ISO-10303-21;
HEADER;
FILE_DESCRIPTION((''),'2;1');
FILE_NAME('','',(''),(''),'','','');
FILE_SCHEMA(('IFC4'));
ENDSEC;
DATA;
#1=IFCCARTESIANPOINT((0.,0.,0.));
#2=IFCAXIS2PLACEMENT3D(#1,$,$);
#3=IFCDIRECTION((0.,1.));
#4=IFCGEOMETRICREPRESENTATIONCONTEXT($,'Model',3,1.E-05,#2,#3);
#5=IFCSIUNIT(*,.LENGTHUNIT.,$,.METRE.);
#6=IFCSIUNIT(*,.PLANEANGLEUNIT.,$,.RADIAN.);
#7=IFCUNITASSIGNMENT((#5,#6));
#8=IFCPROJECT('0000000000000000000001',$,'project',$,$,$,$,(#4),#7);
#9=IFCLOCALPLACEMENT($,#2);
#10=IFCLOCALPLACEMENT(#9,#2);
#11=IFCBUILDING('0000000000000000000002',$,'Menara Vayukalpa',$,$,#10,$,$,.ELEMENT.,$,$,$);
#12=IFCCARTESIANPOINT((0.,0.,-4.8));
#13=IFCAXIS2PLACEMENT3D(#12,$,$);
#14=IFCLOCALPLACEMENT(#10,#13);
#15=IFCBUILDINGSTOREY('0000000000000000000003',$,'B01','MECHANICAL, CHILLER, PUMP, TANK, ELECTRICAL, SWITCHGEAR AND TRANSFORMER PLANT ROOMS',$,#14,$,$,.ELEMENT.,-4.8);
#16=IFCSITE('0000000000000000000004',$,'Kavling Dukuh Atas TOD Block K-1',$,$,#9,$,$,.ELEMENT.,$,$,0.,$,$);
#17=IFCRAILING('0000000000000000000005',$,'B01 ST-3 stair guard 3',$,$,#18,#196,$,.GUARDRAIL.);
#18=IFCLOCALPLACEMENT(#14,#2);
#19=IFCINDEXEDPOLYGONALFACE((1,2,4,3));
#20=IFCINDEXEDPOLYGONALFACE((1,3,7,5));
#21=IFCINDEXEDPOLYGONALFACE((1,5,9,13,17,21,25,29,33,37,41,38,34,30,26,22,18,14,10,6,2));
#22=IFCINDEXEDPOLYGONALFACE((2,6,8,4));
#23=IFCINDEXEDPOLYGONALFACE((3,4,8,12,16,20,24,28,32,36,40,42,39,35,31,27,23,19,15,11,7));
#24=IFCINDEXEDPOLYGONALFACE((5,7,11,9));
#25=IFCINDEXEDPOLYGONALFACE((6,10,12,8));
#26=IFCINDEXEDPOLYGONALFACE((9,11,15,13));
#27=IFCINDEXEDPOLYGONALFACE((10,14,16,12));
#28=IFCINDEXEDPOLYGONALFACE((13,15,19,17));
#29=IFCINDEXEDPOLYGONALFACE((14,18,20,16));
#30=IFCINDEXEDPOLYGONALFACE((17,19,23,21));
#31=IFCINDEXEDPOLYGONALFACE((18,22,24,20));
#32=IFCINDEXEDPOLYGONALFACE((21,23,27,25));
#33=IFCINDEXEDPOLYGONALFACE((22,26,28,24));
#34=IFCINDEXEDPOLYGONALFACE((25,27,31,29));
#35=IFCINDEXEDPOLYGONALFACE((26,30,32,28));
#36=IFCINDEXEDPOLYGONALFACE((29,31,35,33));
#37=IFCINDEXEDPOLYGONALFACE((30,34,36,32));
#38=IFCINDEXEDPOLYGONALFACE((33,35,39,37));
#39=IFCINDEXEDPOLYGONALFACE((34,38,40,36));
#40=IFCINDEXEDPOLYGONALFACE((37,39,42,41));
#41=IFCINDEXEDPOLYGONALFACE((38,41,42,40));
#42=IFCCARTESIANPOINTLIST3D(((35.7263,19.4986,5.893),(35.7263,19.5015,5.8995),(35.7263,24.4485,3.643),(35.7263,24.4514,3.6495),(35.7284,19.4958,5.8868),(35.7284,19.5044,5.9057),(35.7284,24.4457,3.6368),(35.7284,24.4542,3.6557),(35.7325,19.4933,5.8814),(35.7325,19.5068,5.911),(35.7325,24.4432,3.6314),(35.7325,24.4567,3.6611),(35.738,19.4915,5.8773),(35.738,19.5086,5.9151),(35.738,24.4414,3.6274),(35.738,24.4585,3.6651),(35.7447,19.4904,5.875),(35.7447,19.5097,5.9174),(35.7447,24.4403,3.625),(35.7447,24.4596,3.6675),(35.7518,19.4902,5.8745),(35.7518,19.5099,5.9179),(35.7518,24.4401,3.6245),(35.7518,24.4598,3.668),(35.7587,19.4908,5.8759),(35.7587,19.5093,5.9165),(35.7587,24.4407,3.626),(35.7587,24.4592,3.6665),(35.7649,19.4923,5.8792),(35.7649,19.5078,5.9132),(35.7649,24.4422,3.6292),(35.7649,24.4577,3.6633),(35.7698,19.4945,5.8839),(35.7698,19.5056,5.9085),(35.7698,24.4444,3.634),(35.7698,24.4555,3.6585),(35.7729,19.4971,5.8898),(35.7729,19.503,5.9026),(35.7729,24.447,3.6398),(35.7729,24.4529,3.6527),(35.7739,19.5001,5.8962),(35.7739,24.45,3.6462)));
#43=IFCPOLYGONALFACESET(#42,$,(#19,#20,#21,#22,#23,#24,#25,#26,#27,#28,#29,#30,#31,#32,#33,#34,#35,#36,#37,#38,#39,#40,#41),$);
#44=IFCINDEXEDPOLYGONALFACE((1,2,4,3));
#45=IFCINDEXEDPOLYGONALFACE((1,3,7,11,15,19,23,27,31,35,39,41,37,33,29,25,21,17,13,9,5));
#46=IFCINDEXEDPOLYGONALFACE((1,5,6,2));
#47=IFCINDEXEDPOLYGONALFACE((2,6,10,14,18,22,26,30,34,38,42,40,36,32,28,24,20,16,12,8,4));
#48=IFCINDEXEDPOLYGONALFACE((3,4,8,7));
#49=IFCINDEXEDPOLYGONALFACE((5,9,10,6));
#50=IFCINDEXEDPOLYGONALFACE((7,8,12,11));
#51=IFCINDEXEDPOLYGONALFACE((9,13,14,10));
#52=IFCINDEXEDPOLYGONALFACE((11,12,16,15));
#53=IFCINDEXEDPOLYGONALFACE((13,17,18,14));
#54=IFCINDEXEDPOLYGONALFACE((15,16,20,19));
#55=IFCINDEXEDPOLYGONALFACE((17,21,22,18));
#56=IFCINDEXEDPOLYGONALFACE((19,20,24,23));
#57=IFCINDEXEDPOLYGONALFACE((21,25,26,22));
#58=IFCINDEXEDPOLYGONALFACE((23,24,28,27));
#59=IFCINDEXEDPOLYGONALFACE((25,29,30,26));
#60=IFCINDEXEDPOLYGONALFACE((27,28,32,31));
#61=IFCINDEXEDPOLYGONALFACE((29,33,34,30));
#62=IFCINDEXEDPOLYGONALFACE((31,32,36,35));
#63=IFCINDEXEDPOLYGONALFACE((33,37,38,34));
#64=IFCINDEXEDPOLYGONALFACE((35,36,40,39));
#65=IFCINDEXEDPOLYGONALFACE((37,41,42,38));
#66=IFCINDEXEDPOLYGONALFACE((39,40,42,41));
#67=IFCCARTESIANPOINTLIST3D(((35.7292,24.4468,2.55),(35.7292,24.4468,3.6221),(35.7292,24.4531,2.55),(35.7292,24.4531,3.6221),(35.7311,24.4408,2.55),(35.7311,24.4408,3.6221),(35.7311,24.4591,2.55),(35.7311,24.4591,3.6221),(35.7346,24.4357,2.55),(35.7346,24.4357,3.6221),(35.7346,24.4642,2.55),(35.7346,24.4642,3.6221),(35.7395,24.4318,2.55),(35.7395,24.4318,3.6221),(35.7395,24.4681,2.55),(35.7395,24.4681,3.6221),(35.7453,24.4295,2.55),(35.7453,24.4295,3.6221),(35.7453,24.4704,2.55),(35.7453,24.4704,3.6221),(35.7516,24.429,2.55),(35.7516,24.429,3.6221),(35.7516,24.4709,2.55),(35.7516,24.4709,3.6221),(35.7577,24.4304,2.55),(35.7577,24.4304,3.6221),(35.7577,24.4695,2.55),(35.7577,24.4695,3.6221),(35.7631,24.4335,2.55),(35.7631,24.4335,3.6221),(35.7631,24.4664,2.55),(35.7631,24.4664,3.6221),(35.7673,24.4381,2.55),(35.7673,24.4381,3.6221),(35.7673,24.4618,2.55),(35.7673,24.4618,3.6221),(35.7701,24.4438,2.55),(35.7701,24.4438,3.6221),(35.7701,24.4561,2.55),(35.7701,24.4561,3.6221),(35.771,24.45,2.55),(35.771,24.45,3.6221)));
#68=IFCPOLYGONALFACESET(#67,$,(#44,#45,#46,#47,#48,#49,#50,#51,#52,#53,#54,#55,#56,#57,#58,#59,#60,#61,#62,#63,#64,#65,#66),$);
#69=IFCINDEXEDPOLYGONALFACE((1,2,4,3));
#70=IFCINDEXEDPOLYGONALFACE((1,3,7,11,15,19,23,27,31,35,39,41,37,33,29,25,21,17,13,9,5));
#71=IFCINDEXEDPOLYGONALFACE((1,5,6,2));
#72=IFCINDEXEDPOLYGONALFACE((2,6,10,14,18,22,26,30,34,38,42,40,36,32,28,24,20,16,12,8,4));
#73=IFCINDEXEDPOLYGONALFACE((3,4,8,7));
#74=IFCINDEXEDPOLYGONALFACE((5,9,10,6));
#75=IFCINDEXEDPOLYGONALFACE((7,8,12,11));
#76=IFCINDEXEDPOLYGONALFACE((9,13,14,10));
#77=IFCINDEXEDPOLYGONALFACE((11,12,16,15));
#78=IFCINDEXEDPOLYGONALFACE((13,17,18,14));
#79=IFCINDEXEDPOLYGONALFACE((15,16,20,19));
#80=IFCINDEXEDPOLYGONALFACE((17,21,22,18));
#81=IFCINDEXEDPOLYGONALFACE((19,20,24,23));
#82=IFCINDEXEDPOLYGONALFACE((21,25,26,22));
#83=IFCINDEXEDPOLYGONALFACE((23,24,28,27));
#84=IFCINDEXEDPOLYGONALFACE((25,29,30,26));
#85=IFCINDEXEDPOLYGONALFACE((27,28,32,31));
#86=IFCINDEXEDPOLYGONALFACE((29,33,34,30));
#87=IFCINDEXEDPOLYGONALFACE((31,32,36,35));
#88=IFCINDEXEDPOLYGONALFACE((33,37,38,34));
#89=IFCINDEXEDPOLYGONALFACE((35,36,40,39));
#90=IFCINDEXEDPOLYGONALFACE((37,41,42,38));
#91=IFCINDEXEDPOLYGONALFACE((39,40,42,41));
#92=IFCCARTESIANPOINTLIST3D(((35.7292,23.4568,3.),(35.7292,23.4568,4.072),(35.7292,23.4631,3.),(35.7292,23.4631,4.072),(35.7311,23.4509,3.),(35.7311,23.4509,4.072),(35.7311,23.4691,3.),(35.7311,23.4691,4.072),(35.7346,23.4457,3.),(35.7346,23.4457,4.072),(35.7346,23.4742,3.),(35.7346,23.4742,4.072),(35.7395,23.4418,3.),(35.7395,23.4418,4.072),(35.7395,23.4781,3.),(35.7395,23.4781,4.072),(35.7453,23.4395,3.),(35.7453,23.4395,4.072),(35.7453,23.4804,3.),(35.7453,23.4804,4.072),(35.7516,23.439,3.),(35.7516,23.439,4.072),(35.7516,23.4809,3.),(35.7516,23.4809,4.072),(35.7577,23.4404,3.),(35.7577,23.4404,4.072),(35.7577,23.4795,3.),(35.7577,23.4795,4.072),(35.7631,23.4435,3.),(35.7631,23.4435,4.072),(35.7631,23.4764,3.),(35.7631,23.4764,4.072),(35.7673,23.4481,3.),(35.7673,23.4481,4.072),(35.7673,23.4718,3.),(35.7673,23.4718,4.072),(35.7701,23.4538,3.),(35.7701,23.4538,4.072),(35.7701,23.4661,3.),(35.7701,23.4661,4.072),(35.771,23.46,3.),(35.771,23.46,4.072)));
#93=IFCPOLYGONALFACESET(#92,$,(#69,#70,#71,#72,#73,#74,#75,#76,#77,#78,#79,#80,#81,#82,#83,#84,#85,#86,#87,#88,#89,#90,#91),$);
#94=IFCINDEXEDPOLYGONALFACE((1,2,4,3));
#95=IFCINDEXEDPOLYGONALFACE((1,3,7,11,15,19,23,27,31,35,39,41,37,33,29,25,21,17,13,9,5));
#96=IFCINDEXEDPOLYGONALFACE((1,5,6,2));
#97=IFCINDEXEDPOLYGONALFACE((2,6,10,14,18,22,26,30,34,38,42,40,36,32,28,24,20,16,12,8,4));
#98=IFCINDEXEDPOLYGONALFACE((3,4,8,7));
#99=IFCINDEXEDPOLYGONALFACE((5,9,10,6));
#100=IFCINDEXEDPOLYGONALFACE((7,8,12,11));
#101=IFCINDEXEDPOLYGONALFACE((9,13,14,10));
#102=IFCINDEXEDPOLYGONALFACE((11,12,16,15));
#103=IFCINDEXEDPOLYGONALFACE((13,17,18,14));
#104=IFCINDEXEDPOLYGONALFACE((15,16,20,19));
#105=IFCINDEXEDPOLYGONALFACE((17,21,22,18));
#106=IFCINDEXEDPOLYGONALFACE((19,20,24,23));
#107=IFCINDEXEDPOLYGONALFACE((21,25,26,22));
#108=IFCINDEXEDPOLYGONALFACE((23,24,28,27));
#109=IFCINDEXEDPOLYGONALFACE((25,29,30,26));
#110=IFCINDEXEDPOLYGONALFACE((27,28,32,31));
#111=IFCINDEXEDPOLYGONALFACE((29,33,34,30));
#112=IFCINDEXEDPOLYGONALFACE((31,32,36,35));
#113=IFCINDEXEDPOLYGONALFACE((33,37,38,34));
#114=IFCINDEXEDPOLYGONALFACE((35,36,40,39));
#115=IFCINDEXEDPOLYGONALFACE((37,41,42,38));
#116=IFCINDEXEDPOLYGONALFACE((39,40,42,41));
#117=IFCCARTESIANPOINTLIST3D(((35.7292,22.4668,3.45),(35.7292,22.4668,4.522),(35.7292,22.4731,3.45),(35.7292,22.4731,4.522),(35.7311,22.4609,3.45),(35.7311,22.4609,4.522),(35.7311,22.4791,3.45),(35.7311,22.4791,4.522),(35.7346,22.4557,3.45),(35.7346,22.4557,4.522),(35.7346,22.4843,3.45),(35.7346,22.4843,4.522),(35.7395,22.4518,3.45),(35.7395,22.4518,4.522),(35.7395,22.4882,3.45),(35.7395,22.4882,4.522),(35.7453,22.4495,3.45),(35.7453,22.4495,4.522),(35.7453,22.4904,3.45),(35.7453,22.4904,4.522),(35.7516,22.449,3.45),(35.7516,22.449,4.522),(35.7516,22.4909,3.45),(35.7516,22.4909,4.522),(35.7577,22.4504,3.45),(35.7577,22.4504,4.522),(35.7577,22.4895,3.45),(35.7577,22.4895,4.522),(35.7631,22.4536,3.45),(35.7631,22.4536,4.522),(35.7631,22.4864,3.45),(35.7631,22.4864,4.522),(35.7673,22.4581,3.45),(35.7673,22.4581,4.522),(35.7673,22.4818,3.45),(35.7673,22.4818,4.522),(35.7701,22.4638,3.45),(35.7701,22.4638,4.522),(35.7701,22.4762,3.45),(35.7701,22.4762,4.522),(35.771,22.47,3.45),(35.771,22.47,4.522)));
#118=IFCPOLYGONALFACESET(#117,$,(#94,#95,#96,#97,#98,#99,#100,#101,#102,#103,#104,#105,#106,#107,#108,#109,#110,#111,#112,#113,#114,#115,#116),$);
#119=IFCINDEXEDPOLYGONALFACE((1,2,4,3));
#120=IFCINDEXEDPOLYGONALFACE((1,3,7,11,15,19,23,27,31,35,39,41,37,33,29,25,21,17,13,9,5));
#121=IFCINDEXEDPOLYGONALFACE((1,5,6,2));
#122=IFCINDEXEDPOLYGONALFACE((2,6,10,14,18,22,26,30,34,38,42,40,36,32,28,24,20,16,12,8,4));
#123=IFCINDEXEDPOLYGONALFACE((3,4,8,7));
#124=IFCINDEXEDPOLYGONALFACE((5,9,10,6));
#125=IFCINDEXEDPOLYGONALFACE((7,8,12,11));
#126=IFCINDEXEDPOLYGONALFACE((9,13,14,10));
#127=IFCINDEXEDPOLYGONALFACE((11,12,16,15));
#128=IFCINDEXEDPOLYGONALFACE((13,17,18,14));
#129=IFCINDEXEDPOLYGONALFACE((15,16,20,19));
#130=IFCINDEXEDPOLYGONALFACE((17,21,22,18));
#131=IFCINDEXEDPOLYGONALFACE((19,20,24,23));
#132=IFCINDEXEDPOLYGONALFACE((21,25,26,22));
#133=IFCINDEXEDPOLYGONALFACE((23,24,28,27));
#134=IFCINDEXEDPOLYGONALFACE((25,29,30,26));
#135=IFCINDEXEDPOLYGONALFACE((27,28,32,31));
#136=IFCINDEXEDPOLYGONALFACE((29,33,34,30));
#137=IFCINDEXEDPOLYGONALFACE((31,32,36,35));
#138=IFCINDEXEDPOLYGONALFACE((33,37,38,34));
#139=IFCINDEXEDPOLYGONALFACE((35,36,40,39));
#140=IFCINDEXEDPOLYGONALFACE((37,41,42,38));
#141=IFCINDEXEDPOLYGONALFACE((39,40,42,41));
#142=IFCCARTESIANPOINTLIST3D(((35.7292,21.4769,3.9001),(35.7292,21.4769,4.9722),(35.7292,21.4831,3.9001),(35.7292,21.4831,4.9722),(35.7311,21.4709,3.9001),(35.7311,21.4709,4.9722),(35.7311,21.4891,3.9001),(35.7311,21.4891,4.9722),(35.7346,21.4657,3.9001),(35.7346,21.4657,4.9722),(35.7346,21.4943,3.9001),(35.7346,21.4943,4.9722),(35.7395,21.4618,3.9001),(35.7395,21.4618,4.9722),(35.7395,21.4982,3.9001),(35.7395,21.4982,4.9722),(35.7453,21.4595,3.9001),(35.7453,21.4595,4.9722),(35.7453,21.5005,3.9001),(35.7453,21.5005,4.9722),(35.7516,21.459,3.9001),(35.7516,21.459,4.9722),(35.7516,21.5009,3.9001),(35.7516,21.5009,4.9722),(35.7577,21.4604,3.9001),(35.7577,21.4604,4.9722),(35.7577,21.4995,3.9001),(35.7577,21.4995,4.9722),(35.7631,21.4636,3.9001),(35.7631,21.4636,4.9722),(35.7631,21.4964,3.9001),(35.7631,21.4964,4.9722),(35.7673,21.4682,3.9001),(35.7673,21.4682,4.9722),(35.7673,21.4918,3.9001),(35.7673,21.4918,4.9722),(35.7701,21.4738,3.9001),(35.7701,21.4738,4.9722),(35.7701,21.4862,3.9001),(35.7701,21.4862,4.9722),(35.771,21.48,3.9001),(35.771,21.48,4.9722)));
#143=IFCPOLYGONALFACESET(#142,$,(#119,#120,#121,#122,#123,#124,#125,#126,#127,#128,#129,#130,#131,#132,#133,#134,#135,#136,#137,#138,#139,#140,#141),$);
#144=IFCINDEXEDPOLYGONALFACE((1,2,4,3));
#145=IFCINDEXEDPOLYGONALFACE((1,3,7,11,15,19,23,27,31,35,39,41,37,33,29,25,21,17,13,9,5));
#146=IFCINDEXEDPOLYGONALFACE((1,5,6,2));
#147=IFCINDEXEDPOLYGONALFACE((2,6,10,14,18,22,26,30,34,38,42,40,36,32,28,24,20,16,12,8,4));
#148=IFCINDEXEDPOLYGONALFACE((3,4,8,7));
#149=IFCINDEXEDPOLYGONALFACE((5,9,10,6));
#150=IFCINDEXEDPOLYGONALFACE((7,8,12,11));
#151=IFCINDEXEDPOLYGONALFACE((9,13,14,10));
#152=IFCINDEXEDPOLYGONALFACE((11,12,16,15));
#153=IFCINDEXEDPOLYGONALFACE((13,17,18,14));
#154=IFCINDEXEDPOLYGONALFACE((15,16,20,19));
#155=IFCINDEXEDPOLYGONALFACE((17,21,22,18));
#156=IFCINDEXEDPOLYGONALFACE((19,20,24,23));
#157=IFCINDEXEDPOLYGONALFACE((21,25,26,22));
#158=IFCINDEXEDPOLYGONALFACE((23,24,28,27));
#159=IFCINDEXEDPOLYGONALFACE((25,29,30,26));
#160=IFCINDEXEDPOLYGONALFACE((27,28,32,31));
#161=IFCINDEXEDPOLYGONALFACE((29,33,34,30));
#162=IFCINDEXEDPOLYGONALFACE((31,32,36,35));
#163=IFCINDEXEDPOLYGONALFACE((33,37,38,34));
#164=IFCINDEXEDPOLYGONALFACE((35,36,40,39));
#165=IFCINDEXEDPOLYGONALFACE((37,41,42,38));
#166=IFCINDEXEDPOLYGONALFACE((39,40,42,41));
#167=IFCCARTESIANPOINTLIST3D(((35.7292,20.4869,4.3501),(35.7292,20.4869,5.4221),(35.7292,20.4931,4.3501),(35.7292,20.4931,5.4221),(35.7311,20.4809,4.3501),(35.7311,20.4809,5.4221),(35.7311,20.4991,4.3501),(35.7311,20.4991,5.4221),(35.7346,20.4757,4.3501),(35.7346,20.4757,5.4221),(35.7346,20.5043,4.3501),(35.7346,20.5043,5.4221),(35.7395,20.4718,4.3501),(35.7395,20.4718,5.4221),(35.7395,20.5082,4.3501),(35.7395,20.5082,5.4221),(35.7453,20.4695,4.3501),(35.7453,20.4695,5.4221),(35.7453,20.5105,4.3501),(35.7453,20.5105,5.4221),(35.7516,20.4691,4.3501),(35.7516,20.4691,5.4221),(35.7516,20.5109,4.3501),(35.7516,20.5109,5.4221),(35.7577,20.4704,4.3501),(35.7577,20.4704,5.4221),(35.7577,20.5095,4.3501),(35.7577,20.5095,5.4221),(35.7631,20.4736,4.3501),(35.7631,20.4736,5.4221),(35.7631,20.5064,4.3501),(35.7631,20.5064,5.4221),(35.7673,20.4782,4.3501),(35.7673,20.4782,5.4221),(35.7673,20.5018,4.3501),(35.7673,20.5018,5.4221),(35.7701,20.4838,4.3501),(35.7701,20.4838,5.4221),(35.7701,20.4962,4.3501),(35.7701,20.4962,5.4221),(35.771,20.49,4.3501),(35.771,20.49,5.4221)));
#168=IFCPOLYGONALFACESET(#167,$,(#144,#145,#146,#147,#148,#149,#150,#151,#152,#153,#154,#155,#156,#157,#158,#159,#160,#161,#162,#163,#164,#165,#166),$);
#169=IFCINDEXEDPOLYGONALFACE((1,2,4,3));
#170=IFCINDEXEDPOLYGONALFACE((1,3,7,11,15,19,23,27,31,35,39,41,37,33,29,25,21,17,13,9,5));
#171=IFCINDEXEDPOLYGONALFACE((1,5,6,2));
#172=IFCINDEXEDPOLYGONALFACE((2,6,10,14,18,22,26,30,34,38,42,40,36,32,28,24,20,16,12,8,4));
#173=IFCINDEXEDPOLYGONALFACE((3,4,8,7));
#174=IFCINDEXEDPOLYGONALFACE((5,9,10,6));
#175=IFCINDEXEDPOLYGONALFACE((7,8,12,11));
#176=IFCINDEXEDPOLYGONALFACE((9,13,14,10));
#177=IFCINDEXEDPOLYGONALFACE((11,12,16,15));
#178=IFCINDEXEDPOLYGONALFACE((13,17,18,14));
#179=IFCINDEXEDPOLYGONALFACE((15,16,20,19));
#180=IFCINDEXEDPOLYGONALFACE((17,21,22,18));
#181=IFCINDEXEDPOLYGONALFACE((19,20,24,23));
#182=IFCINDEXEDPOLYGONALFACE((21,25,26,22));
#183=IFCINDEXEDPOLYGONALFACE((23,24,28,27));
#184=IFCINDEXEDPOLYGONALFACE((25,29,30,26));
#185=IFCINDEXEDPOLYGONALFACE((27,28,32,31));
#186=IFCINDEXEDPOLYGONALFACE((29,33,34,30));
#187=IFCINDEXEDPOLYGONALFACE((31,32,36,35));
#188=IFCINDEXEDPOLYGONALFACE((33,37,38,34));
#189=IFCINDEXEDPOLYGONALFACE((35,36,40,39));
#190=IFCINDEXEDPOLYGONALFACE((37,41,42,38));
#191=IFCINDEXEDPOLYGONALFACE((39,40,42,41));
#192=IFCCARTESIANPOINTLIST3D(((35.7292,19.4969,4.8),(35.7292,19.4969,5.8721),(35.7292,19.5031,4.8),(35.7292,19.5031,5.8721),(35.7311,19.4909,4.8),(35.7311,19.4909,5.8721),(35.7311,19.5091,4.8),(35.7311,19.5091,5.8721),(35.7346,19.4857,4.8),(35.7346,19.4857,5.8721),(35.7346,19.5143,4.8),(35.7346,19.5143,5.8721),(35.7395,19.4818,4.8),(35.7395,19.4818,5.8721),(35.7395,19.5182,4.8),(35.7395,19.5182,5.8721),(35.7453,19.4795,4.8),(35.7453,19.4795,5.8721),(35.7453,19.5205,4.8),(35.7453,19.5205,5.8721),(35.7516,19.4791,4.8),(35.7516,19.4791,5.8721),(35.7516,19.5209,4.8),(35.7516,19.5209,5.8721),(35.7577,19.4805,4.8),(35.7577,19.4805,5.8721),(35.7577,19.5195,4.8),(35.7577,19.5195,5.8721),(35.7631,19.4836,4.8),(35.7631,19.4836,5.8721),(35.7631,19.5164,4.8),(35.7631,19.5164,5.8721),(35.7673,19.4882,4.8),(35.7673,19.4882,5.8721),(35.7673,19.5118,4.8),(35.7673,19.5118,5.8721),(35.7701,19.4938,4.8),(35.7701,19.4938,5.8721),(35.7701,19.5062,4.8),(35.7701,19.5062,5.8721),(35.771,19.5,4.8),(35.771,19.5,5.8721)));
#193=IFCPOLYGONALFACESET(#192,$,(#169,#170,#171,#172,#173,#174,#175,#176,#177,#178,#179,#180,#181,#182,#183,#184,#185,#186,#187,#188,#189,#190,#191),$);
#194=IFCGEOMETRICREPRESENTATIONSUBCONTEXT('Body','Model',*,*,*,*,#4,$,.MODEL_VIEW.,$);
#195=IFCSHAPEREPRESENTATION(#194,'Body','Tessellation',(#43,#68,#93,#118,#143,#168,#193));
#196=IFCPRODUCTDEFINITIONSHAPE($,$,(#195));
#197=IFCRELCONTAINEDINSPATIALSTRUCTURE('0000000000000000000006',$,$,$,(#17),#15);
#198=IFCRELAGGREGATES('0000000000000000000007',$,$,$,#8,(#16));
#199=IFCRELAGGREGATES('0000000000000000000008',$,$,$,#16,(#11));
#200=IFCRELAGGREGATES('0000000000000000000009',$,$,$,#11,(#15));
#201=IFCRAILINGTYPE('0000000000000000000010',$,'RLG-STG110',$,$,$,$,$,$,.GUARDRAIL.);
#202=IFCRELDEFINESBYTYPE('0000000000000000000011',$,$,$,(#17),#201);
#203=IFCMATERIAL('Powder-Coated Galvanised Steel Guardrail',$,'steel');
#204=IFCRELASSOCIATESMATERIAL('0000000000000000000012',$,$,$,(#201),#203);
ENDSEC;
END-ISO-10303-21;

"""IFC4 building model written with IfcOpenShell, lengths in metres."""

from ifc_helpers import new_model, si_unit, direction, frame, origin, origin_2d, place, context, subcontext, project, spatial, circle, extrude, material, type_object, element, save


model = new_model("IFC4")

# Units and contexts
model_context = context("Model", 3, precision=1e-05, world=origin(), true_north=direction((0.0, 1.0)))
body_context = subcontext(model_context, "Body", "Model", "MODEL_VIEW")
ifc_project = project(units=[si_unit("LENGTHUNIT", "METRE"), si_unit("PLANEANGLEUNIT", "RADIAN")], contexts=[model_context])

# Site, building, storey
site_placement = place(None, origin())
site = spatial("IfcSite", under=ifc_project, at=site_placement, Name="Kavling Dukuh Atas TOD Block K-1", CompositionType="ELEMENT", RefElevation=0.0)
building_placement = place(site_placement, origin())
building = spatial("IfcBuilding", under=site, at=building_placement, Name="Menara Vayukalpa", CompositionType="ELEMENT")
storey_placement = place(building_placement, frame((0.0, 0.0, -4.8)))
storey = spatial("IfcBuildingStorey", under=building, at=storey_placement, Name="B01", Description="MECHANICAL, CHILLER, PUMP, TANK, ELECTRICAL, SWITCHGEAR AND TRANSFORMER PLANT ROOMS", CompositionType="ELEMENT", Elevation=-4.8)

# Railing
ifc_material_1 = material(Name="Powder-Coated Galvanised Steel Guardrail", Category="steel")
railing_type_1 = type_object("IfcRailingType", Name="RLG-STG110", PredefinedType="GUARDRAIL", material=ifc_material_1)
railing_1_placement = place(storey_placement, frame((35.75, 24.45, 2.55)))
element("IfcRailing", 1, at=railing_1_placement, inside=storey, type_object=railing_type_1, Name="B01 ST-3 stair guard 3", PredefinedType="GUARDRAIL", context=body_context, shape_type="SweptSolid", body=[
    extrude(circle(Radius=0.0239, at=origin_2d()), frame((0.0, 0.0, 1.0962), z_axis=(0.0, -0.910365, 0.413806), x_axis=(1.0, 0.0, 0.0)), (0.0, 0.0, 1.0), 5.4373),
    extrude(circle(Radius=0.021, at=origin_2d()), origin(), (0.0, 0.0, 1.0), 1.072),
    extrude(circle(Radius=0.021, at=origin_2d()), frame((0.0, -0.99, 0.45)), (0.0, 0.0, 1.0), 1.072),
    extrude(circle(Radius=0.021, at=origin_2d()), frame((0.0, -1.98, 0.8999)), (0.0, 0.0, 1.0), 1.072),
    extrude(circle(Radius=0.021, at=origin_2d()), frame((0.0, -2.97, 1.3501)), (0.0, 0.0, 1.0), 1.072),
    extrude(circle(Radius=0.021, at=origin_2d()), frame((0.0, -3.96, 1.8)), (0.0, 0.0, 1.0), 1.072),
    extrude(circle(Radius=0.021, at=origin_2d()), frame((0.0, -4.95, 2.25)), (0.0, 0.0, 1.0), 1.072),
])

save(model, "model.ifc")
